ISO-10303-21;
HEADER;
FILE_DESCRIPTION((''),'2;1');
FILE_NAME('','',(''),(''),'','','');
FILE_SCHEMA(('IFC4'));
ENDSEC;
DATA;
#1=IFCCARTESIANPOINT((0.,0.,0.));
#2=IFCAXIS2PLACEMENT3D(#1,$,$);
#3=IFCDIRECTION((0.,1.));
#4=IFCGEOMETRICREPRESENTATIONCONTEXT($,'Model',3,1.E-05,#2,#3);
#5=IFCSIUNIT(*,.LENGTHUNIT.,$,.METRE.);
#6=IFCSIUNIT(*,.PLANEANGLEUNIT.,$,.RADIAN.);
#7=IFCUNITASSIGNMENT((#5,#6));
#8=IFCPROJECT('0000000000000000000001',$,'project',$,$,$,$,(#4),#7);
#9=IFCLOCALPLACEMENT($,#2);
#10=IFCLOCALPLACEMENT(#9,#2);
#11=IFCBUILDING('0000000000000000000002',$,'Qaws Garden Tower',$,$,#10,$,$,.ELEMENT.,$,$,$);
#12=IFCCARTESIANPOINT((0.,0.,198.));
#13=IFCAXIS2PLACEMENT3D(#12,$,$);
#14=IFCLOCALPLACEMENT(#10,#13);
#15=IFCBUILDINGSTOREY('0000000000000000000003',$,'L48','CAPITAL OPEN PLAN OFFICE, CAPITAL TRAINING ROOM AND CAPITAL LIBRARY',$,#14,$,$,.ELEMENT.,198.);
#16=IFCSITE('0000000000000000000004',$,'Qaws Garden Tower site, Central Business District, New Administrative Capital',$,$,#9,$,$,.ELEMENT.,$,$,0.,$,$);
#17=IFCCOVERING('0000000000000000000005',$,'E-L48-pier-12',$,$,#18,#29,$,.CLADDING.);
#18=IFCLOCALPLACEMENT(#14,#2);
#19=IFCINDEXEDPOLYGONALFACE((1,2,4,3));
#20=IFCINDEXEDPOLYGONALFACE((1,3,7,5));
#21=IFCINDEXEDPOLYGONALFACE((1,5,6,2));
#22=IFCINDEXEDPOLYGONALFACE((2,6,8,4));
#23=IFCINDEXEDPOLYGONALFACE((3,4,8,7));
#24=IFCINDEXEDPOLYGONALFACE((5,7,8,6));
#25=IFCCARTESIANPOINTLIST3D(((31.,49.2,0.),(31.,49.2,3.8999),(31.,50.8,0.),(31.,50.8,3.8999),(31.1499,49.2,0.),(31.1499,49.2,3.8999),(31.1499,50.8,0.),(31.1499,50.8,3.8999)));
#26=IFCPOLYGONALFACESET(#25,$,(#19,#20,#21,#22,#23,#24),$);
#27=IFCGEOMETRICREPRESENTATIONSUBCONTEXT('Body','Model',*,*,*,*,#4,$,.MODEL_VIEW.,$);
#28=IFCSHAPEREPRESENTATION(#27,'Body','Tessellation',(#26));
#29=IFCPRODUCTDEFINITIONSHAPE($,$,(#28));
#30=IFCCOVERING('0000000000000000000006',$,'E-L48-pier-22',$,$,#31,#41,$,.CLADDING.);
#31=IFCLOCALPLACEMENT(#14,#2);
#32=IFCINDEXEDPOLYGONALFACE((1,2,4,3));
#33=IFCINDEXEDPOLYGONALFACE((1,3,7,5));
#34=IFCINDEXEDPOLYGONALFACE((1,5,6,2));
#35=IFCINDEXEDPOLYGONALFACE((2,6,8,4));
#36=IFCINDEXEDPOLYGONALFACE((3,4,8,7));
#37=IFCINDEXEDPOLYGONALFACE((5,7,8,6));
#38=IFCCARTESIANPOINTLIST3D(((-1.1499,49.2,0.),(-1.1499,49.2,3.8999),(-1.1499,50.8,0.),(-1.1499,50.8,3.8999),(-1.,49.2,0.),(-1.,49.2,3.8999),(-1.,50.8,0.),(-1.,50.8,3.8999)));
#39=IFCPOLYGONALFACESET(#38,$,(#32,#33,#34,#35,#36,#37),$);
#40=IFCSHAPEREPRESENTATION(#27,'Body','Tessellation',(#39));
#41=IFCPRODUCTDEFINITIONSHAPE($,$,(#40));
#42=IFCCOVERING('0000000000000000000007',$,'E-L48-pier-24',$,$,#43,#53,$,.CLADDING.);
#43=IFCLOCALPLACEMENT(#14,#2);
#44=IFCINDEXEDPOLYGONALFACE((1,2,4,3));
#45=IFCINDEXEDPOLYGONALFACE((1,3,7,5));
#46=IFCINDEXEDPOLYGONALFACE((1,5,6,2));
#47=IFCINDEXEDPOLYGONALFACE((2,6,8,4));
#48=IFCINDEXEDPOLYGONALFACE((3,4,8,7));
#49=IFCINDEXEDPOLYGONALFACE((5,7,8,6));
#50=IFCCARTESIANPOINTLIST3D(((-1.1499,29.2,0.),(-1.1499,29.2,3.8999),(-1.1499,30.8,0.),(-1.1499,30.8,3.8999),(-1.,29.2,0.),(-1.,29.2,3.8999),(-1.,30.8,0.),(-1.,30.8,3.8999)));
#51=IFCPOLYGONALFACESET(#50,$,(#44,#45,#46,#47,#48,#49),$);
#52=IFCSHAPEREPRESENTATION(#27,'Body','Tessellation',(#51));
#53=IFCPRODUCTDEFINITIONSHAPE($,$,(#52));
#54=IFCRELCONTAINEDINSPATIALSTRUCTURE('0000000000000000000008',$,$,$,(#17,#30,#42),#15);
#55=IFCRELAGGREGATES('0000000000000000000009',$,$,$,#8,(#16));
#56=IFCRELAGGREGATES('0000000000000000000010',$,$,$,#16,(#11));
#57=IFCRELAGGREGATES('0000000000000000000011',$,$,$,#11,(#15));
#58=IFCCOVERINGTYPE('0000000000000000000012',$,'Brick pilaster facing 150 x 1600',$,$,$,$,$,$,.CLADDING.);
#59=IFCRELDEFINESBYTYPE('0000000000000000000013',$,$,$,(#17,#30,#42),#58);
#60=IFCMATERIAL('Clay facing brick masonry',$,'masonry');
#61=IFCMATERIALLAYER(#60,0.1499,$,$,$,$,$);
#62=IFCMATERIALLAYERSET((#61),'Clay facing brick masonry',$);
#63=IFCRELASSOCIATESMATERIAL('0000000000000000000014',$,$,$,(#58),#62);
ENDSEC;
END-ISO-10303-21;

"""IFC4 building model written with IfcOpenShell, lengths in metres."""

from ifc_helpers import new_model, si_unit, direction, frame, origin, place, context, subcontext, project, spatial, polyline, outline, extrude, material, layer, layer_set, type_object, element, save


model = new_model("IFC4")

# Units and contexts
model_context = context("Model", 3, precision=1e-05, world=origin(), true_north=direction((0.0, 1.0)))
body_context = subcontext(model_context, "Body", "Model", "MODEL_VIEW")
ifc_project = project(units=[si_unit("LENGTHUNIT", "METRE"), si_unit("PLANEANGLEUNIT", "RADIAN")], contexts=[model_context])

# Site, building, storey
site_placement = place(None, origin())
site = spatial("IfcSite", under=ifc_project, at=site_placement, Name="Qaws Garden Tower site, Central Business District, New Administrative Capital", CompositionType="ELEMENT", RefElevation=0.0)
building_placement = place(site_placement, origin())
building = spatial("IfcBuilding", under=site, at=building_placement, Name="Qaws Garden Tower", CompositionType="ELEMENT")
storey_placement = place(building_placement, frame((0.0, 0.0, 198.0)))
storey = spatial("IfcBuildingStorey", under=building, at=storey_placement, Name="L48", Description="CAPITAL OPEN PLAN OFFICE, CAPITAL TRAINING ROOM AND CAPITAL LIBRARY", CompositionType="ELEMENT", Elevation=198.0)

# Shared definitions
placement = place(storey_placement, origin())

# Coverings
ifc_material_1 = material(Name="Clay facing brick masonry", Category="masonry")
ifc_layer_1 = layer(ifc_material_1, 0.1499)
ifc_layer_set_1 = layer_set([ifc_layer_1], Name="Clay facing brick masonry")
covering_type = type_object("IfcCoveringType", Name="Brick pilaster facing 150 x 1600", PredefinedType="CLADDING", material=ifc_layer_set_1)
element("IfcCovering", 1, at=placement, inside=storey, type_object=covering_type, Name="E-L48-pier-12", PredefinedType="CLADDING", context=body_context, shape_type="SweptSolid", body=[
    extrude(outline(polyline([(31.0, 49.2), (31.0, 50.8), (31.1499, 50.8), (31.1499, 49.2), (31.0, 49.2)])), origin(), (0.0, 0.0, 1.0), 3.8999),
])
element("IfcCovering", 2, at=placement, inside=storey, type_object=covering_type, Name="E-L48-pier-22", PredefinedType="CLADDING", context=body_context, shape_type="SweptSolid", body=[
    extrude(outline(polyline([(-1.0, 50.8), (-1.0, 49.2), (-1.1499, 49.2), (-1.1499, 50.8), (-1.0, 50.8)])), origin(), (0.0, 0.0, 1.0), 3.8999),
])
element("IfcCovering", 3, at=placement, inside=storey, type_object=covering_type, Name="E-L48-pier-24", PredefinedType="CLADDING", context=body_context, shape_type="SweptSolid", body=[
    extrude(outline(polyline([(-1.0, 30.8), (-1.0, 29.2), (-1.1499, 29.2), (-1.1499, 30.8), (-1.0, 30.8)])), origin(), (0.0, 0.0, 1.0), 3.8999),
])

save(model, "model.ifc")
